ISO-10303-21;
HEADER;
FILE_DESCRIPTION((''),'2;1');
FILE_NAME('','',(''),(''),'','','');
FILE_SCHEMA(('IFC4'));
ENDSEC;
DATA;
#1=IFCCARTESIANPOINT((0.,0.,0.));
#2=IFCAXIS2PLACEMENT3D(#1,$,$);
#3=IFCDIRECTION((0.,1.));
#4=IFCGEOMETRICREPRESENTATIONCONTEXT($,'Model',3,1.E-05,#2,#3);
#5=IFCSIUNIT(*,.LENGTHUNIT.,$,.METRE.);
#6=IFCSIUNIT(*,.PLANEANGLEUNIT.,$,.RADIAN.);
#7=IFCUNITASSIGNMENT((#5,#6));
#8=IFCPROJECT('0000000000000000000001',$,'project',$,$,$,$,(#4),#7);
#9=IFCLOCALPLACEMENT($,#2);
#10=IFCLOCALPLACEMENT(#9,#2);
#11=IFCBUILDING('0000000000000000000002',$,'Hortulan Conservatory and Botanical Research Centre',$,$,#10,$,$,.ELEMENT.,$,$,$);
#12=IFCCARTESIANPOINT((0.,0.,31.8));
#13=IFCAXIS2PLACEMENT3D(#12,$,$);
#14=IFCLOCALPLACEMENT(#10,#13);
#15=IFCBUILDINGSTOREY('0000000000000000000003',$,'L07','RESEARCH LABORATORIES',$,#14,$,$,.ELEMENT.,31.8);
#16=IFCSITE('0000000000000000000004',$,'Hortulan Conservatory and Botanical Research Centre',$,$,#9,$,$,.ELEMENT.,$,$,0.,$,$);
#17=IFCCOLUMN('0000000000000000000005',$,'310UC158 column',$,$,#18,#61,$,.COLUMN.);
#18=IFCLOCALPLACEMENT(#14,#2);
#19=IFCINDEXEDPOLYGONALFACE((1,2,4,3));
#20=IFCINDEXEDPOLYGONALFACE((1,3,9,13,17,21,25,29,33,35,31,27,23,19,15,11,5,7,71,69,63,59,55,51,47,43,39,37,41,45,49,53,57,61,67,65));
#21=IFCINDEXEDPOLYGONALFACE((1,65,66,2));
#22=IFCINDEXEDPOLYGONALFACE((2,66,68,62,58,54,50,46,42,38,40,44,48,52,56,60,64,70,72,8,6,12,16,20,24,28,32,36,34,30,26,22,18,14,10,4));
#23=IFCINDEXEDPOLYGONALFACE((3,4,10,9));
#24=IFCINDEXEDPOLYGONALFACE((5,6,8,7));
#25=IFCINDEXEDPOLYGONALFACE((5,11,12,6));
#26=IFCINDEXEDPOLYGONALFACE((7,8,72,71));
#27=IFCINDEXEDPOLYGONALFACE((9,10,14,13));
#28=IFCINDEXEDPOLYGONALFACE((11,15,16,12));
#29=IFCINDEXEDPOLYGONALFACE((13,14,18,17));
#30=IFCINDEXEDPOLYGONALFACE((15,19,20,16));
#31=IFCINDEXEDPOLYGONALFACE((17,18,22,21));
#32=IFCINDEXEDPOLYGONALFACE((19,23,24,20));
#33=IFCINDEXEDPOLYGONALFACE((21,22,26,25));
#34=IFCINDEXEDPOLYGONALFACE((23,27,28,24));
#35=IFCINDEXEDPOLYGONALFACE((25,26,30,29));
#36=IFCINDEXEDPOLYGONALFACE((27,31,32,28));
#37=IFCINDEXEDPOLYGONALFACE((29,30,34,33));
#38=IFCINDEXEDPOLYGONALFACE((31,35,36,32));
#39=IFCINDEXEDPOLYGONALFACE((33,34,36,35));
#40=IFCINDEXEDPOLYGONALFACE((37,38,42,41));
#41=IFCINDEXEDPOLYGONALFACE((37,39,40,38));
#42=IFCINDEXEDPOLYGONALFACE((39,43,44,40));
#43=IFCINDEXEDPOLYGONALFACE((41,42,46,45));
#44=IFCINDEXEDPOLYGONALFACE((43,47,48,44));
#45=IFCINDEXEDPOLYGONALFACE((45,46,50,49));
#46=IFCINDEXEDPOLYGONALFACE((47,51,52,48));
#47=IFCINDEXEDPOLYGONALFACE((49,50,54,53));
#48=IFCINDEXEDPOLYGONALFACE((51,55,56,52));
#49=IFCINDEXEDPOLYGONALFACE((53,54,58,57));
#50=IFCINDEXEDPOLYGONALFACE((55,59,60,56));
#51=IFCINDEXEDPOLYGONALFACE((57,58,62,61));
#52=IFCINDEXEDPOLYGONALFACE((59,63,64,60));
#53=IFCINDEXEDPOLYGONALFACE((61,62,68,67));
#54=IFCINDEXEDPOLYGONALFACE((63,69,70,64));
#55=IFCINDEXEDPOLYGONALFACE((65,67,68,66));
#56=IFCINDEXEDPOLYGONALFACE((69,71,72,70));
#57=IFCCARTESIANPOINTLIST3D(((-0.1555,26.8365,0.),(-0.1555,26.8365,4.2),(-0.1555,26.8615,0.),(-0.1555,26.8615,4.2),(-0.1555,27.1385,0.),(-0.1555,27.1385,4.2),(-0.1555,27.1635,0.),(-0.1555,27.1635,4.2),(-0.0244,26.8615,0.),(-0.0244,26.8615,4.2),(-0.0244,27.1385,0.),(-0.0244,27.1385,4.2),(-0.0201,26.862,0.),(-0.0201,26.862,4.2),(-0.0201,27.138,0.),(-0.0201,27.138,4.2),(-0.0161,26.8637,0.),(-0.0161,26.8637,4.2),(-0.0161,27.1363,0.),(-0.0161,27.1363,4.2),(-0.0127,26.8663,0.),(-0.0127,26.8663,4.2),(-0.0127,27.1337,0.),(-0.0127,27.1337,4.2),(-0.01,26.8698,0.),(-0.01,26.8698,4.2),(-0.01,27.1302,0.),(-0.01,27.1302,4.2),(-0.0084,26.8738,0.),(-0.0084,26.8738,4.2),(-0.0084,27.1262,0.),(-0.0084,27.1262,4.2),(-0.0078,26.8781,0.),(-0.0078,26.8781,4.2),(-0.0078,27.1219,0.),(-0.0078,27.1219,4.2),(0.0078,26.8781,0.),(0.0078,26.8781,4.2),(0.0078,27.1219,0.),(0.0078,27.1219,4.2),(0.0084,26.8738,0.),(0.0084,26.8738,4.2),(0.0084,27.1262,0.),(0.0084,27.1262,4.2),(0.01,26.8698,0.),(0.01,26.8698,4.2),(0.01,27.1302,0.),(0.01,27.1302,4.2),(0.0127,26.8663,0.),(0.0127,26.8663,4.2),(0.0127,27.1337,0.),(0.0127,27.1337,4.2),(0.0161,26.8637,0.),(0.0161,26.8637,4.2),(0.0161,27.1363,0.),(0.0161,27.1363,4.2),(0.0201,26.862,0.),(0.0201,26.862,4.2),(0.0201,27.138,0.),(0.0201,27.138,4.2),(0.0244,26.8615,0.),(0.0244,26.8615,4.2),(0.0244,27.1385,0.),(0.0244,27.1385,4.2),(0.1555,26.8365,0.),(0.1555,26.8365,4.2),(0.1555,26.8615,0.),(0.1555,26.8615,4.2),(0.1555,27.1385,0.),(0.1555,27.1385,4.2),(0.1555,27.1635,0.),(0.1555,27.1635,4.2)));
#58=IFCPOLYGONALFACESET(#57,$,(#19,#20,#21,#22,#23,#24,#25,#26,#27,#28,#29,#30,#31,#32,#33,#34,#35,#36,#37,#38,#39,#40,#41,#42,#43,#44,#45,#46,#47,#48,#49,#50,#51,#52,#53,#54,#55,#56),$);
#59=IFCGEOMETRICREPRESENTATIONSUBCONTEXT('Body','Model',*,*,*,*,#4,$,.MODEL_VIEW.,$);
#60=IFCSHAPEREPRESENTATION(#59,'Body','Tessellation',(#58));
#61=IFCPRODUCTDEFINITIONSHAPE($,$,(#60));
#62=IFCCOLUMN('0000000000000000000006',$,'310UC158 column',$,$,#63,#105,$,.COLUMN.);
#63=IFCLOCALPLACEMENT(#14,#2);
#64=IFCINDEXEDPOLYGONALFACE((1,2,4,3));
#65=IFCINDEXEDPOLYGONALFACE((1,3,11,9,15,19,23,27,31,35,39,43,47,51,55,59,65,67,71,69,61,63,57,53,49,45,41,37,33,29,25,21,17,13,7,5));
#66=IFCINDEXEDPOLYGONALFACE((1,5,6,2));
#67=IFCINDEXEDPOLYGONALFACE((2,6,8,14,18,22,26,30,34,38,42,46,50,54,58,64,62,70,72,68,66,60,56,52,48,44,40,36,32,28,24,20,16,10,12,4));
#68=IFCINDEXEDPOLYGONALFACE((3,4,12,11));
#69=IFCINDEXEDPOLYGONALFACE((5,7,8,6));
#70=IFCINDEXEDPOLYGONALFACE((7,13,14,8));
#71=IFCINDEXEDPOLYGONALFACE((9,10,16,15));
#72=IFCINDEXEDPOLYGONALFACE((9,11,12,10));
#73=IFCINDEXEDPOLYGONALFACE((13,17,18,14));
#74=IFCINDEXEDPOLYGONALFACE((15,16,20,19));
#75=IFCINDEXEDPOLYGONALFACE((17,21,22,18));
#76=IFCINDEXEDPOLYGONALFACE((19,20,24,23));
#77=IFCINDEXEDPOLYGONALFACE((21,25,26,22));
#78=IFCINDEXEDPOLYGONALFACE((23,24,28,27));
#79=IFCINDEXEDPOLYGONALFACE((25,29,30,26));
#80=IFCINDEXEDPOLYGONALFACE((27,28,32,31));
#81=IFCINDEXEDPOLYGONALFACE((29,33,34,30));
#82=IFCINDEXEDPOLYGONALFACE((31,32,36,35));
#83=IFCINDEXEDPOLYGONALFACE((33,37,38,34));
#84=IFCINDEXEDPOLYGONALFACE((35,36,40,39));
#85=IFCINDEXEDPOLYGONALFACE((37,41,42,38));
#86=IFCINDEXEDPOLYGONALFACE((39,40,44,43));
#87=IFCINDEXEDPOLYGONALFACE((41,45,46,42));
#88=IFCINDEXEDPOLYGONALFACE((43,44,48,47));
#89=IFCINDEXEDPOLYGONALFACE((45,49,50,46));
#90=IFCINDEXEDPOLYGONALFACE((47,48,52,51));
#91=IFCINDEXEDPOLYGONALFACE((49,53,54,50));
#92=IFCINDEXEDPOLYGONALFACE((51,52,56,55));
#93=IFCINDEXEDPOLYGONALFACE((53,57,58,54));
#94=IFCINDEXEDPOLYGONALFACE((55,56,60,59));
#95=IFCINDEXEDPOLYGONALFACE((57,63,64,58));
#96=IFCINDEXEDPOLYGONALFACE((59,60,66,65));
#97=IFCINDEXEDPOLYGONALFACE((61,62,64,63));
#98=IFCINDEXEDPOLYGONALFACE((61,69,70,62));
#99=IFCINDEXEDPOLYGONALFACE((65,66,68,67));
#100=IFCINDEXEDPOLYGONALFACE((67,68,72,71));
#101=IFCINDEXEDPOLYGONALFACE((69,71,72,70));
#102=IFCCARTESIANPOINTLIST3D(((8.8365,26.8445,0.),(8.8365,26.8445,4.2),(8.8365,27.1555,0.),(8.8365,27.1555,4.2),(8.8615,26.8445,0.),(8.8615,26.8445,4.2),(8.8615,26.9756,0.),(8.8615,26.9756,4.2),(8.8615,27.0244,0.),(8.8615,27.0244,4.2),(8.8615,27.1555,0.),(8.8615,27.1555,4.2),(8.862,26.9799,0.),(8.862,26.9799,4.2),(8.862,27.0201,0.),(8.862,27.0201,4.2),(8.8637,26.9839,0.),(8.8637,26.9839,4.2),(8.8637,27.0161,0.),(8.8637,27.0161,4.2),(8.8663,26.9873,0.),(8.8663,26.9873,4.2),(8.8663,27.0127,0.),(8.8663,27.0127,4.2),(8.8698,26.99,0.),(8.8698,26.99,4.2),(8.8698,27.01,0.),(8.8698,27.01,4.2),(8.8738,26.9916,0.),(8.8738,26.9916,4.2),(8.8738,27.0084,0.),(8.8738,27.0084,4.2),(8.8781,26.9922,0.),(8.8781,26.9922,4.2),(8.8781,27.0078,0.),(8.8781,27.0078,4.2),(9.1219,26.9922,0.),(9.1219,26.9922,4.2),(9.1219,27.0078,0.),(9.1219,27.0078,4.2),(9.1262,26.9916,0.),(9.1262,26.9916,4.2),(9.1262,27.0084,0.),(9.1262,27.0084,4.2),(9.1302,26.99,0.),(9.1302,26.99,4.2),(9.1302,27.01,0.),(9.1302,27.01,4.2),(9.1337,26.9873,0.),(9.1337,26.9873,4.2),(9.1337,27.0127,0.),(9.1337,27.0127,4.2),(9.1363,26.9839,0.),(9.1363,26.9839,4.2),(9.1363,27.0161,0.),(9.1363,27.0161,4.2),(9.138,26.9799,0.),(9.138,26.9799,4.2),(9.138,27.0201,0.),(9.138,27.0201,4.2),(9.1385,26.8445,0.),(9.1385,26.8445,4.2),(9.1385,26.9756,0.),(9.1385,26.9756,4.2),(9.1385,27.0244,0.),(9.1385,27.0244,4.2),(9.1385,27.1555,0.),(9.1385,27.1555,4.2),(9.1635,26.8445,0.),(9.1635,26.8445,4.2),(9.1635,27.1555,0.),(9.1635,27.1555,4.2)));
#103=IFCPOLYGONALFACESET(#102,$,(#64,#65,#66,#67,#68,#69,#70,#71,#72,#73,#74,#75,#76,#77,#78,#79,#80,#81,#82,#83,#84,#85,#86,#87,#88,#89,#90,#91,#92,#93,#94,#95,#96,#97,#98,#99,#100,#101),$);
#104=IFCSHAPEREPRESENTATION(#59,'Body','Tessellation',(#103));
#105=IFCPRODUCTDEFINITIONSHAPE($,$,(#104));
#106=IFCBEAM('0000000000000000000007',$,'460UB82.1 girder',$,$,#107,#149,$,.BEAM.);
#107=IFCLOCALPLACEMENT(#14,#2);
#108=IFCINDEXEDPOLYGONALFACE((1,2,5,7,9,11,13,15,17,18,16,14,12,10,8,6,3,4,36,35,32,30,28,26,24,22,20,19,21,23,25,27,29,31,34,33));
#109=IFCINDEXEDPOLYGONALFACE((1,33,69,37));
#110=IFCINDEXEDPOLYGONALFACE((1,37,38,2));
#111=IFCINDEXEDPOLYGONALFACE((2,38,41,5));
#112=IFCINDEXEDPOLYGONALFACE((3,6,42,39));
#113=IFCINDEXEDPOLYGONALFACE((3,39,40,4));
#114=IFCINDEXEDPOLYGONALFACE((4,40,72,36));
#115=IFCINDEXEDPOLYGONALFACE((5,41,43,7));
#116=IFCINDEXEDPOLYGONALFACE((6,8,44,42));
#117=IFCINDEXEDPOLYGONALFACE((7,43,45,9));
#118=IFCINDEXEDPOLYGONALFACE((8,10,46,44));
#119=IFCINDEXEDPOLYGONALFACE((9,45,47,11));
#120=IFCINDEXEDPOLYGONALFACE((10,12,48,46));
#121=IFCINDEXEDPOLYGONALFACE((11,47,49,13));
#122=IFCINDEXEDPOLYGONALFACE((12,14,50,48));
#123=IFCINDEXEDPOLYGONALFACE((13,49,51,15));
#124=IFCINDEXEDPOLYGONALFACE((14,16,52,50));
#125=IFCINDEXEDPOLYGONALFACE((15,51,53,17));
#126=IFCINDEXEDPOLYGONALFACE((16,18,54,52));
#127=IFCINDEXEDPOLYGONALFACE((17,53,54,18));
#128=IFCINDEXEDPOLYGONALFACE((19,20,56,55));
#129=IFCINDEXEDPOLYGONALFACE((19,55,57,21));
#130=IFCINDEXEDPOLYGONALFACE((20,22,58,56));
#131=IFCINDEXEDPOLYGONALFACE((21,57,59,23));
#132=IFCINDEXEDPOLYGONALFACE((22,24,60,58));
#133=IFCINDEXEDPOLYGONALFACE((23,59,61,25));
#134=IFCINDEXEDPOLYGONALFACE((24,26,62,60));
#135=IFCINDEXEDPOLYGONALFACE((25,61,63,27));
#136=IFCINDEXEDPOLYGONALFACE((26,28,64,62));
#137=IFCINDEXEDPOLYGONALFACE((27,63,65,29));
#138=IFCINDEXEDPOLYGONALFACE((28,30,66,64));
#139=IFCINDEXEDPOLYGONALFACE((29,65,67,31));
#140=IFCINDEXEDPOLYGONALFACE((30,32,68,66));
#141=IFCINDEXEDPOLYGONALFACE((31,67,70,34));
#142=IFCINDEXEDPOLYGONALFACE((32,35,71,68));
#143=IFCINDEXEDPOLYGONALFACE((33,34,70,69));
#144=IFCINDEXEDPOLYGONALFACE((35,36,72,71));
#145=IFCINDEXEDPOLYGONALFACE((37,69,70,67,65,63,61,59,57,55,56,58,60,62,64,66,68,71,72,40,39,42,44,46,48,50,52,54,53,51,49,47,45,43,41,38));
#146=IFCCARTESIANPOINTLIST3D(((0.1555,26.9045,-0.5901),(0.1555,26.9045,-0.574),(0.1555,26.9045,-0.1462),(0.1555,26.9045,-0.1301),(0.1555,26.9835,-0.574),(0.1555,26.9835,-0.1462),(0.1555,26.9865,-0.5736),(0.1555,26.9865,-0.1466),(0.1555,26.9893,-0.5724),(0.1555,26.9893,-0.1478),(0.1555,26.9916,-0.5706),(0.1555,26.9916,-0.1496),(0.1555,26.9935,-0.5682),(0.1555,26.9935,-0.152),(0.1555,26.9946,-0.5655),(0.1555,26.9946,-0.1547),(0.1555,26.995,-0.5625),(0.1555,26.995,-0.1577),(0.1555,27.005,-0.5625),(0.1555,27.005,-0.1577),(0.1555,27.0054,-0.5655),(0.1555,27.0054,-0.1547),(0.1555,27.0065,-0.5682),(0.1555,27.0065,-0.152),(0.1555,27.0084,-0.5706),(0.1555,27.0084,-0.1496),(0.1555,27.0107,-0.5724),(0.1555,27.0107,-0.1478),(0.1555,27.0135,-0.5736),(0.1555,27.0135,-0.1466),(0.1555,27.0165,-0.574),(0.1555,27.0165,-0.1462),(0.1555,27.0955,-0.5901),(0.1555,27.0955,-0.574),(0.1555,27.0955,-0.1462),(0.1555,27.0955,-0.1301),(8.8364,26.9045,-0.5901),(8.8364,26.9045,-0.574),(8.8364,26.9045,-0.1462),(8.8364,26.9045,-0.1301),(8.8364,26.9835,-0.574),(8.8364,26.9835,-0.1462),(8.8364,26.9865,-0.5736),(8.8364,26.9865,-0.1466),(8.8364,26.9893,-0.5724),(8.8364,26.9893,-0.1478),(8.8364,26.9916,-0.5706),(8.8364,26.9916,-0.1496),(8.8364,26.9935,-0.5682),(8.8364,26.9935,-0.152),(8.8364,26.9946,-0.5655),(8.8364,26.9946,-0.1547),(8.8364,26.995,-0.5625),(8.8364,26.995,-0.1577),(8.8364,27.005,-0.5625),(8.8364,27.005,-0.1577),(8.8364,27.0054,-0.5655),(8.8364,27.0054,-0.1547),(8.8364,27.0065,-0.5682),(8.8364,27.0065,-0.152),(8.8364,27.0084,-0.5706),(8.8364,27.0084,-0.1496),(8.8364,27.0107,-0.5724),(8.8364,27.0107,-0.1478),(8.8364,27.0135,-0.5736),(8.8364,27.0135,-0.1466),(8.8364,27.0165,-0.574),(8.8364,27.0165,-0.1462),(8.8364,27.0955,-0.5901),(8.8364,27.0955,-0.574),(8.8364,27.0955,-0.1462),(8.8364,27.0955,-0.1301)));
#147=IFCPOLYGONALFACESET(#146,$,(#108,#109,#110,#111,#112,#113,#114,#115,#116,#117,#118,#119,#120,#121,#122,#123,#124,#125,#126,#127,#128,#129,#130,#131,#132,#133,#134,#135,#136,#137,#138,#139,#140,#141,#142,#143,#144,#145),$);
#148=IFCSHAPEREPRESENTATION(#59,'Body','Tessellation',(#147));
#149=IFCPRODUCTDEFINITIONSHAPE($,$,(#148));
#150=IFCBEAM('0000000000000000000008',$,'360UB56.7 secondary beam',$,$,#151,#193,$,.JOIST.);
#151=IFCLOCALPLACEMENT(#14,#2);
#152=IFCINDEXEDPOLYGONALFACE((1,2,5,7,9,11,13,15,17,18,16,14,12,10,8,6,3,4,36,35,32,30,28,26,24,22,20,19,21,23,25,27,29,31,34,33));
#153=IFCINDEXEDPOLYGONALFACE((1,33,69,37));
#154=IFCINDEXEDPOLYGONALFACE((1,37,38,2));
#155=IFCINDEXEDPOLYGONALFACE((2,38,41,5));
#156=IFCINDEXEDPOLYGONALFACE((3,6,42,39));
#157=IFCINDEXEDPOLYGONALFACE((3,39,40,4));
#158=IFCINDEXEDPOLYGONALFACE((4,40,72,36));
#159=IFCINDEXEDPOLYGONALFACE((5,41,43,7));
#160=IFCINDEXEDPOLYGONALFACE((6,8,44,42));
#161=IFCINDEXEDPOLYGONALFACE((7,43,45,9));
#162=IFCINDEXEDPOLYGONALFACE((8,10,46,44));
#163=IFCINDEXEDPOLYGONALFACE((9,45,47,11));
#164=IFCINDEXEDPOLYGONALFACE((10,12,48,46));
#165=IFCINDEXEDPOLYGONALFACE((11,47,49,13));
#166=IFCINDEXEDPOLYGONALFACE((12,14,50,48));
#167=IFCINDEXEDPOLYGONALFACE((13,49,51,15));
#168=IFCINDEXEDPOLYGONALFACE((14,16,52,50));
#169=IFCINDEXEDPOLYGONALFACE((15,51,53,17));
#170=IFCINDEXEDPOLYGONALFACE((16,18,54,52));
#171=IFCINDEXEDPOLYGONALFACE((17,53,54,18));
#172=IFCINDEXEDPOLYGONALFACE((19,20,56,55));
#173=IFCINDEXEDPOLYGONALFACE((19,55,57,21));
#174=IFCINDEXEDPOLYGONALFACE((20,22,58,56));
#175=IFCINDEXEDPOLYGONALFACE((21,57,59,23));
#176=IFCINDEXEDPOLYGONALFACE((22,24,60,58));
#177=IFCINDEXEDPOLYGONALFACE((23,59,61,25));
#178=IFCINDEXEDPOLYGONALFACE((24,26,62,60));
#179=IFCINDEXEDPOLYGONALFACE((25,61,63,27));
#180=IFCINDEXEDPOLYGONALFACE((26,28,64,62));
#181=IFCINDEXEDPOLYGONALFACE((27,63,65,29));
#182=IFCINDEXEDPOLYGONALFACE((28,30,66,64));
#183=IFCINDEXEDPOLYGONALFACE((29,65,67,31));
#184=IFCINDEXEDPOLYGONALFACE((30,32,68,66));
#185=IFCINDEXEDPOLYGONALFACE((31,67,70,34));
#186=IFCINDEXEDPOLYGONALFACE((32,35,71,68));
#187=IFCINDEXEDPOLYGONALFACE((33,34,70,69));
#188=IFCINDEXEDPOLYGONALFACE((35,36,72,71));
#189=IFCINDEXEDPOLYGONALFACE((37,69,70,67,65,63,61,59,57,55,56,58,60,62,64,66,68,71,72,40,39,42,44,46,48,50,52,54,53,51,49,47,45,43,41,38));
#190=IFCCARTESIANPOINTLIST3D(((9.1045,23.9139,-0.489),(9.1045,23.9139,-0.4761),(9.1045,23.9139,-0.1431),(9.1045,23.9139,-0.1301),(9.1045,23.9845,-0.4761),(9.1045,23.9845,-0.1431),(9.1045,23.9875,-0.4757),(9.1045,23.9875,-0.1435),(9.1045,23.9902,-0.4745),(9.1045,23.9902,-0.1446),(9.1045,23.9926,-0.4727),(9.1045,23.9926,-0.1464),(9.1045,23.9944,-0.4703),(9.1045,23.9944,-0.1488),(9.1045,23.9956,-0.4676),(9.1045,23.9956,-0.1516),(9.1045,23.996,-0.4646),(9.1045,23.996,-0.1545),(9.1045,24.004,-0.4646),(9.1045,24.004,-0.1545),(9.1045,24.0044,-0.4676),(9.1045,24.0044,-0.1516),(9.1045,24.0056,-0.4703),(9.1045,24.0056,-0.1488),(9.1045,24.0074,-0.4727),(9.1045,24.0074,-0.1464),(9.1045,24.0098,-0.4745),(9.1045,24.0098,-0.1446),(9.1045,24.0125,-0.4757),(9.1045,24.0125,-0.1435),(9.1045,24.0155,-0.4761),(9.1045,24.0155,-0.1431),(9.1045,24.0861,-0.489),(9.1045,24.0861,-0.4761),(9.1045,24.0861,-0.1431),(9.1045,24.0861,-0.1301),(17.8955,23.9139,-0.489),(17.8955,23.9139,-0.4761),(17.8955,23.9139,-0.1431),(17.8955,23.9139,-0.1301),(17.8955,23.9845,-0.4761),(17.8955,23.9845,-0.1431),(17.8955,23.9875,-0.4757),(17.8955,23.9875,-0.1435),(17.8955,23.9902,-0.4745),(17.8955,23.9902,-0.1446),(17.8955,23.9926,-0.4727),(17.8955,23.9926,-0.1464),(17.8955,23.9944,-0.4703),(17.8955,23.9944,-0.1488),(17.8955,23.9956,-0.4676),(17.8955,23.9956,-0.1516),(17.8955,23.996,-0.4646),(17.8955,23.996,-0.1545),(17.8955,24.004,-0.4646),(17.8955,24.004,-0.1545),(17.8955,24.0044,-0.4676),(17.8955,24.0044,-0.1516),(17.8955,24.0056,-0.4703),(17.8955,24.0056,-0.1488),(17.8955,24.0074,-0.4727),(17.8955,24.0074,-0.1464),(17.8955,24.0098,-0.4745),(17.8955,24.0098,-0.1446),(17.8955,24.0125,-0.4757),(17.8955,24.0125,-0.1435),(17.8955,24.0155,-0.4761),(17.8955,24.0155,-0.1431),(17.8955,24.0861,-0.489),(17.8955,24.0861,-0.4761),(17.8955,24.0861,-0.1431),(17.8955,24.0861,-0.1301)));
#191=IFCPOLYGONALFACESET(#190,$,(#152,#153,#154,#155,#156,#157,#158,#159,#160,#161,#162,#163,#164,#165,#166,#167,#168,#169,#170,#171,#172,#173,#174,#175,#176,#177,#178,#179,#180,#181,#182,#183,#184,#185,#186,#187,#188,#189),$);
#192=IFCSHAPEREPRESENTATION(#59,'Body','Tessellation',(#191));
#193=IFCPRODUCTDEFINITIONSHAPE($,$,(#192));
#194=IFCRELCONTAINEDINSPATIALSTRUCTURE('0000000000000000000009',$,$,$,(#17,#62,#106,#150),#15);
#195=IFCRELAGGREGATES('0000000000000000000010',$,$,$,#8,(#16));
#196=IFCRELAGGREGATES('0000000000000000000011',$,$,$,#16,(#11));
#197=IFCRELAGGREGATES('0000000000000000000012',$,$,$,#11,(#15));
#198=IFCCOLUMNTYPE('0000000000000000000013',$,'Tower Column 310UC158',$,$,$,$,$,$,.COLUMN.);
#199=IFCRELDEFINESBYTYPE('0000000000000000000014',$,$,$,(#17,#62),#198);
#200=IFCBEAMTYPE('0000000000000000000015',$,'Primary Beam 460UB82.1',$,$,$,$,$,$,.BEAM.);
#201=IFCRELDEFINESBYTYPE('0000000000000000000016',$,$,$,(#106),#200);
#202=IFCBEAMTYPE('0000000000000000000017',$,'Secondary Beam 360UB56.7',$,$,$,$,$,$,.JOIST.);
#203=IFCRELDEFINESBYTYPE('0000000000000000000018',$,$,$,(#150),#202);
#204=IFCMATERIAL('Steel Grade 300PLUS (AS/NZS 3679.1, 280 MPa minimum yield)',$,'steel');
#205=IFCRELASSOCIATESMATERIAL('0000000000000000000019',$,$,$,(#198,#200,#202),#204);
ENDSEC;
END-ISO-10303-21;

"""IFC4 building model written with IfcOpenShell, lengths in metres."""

from ifc_helpers import new_model, si_unit, direction, frame, origin, origin_2d, place, context, subcontext, project, spatial, i_section, extrude, material, material_profile, profile_set, type_object, element, save


model = new_model("IFC4")

# Units and contexts
model_context = context("Model", 3, precision=1e-05, world=origin(), true_north=direction((0.0, 1.0)))
body_context = subcontext(model_context, "Body", "Model", "MODEL_VIEW")
ifc_project = project(units=[si_unit("LENGTHUNIT", "METRE"), si_unit("PLANEANGLEUNIT", "RADIAN")], contexts=[model_context])

# Site, building, storey
site_placement = place(None, origin())
site = spatial("IfcSite", under=ifc_project, at=site_placement, Name="Hortulan Conservatory and Botanical Research Centre", CompositionType="ELEMENT", RefElevation=0.0)
building_placement = place(site_placement, origin())
building = spatial("IfcBuilding", under=site, at=building_placement, Name="Hortulan Conservatory and Botanical Research Centre", CompositionType="ELEMENT")
storey_placement = place(building_placement, frame((0.0, 0.0, 31.8)))
storey = spatial("IfcBuildingStorey", under=building, at=storey_placement, Name="L07", Description="RESEARCH LABORATORIES", CompositionType="ELEMENT", Elevation=31.8)

# Columns
ifc_material_1 = material(Name="Steel Grade 300PLUS (AS/NZS 3679.1, 280 MPa minimum yield)", Category="steel")
ifc_material_profile_1 = material_profile(ifc_material_1, i_section(OverallWidth=0.311, OverallDepth=0.3269, WebThickness=0.0156, FlangeThickness=0.0249, FilletRadius=0.0166, at=origin_2d()), Name="310UC158")
ifc_profile_set_1 = profile_set([ifc_material_profile_1], Name="Steel Grade 300PLUS (AS/NZS 3679.1, 280 MPa minimum yield)")
column_type = type_object("IfcColumnType", Name="Tower Column 310UC158", PredefinedType="COLUMN", material=ifc_profile_set_1)
for number, where, z_axis, x_axis, name in (
    (1, (0.0, 27.0, 0.0), (0.0, 0.0, 1.0), (1.0, 0.0, 0.0), "310UC158 column"),
    (2, (9.0, 27.0, 0.0), (0.0, 0.0, 1.0), (0.0, 1.0, 0.0), "310UC158 column"),
):
    element("IfcColumn", number, at=place(storey_placement, frame(where, z_axis=z_axis, x_axis=x_axis)), inside=storey, type_object=column_type, Name=name, PredefinedType="COLUMN", context=body_context, shape_type="SweptSolid", body=[
        extrude(i_section(OverallWidth=0.311, OverallDepth=0.3269, WebThickness=0.0156, FlangeThickness=0.0249, FilletRadius=0.0166, at=origin_2d()), origin(), (0.0, 0.0, 1.0), 4.2),
    ])

# Beams
ifc_material_profile_2 = material_profile(ifc_material_1, i_section(OverallWidth=0.1909, OverallDepth=0.46, WebThickness=0.01, FlangeThickness=0.0161, FilletRadius=0.0115, at=origin_2d()), Name="460UB82.1")
ifc_profile_set_2 = profile_set([ifc_material_profile_2], Name="Steel Grade 300PLUS (AS/NZS 3679.1, 280 MPa minimum yield)")
beam_type_1 = type_object("IfcBeamType", Name="Primary Beam 460UB82.1", PredefinedType="BEAM", material=ifc_profile_set_2)
beam_1_placement = place(storey_placement, frame((0.1555, 27.0, -0.3601), z_axis=(1.0, 0.0, 0.0), x_axis=(0.0, 1.0, 0.0)))
element("IfcBeam", 3, at=beam_1_placement, inside=storey, type_object=beam_type_1, Name="460UB82.1 girder", PredefinedType="BEAM", context=body_context, shape_type="SweptSolid", body=[
    extrude(i_section(OverallWidth=0.1909, OverallDepth=0.46, WebThickness=0.01, FlangeThickness=0.0161, FilletRadius=0.0115, at=origin_2d()), origin(), (0.0, 0.0, 1.0), 8.6809),
])
ifc_material_profile_3 = material_profile(ifc_material_1, i_section(OverallWidth=0.1721, OverallDepth=0.3589, WebThickness=0.0081, FlangeThickness=0.0129, FilletRadius=0.0115, at=origin_2d()), Name="360UB56.7")
ifc_profile_set_3 = profile_set([ifc_material_profile_3], Name="Steel Grade 300PLUS (AS/NZS 3679.1, 280 MPa minimum yield)")
beam_type_2 = type_object("IfcBeamType", Name="Secondary Beam 360UB56.7", PredefinedType="JOIST", material=ifc_profile_set_3)
beam_2_placement = place(storey_placement, frame((9.1045, 24.0, -0.3096), z_axis=(1.0, 0.0, 0.0), x_axis=(0.0, 1.0, 0.0)))
element("IfcBeam", 4, at=beam_2_placement, inside=storey, type_object=beam_type_2, Name="360UB56.7 secondary beam", PredefinedType="JOIST", context=body_context, shape_type="SweptSolid", body=[
    extrude(i_section(OverallWidth=0.1721, OverallDepth=0.3589, WebThickness=0.0081, FlangeThickness=0.0129, FilletRadius=0.0115, at=origin_2d()), origin(), (0.0, 0.0, 1.0), 8.791),
])

save(model, "model.ifc")
